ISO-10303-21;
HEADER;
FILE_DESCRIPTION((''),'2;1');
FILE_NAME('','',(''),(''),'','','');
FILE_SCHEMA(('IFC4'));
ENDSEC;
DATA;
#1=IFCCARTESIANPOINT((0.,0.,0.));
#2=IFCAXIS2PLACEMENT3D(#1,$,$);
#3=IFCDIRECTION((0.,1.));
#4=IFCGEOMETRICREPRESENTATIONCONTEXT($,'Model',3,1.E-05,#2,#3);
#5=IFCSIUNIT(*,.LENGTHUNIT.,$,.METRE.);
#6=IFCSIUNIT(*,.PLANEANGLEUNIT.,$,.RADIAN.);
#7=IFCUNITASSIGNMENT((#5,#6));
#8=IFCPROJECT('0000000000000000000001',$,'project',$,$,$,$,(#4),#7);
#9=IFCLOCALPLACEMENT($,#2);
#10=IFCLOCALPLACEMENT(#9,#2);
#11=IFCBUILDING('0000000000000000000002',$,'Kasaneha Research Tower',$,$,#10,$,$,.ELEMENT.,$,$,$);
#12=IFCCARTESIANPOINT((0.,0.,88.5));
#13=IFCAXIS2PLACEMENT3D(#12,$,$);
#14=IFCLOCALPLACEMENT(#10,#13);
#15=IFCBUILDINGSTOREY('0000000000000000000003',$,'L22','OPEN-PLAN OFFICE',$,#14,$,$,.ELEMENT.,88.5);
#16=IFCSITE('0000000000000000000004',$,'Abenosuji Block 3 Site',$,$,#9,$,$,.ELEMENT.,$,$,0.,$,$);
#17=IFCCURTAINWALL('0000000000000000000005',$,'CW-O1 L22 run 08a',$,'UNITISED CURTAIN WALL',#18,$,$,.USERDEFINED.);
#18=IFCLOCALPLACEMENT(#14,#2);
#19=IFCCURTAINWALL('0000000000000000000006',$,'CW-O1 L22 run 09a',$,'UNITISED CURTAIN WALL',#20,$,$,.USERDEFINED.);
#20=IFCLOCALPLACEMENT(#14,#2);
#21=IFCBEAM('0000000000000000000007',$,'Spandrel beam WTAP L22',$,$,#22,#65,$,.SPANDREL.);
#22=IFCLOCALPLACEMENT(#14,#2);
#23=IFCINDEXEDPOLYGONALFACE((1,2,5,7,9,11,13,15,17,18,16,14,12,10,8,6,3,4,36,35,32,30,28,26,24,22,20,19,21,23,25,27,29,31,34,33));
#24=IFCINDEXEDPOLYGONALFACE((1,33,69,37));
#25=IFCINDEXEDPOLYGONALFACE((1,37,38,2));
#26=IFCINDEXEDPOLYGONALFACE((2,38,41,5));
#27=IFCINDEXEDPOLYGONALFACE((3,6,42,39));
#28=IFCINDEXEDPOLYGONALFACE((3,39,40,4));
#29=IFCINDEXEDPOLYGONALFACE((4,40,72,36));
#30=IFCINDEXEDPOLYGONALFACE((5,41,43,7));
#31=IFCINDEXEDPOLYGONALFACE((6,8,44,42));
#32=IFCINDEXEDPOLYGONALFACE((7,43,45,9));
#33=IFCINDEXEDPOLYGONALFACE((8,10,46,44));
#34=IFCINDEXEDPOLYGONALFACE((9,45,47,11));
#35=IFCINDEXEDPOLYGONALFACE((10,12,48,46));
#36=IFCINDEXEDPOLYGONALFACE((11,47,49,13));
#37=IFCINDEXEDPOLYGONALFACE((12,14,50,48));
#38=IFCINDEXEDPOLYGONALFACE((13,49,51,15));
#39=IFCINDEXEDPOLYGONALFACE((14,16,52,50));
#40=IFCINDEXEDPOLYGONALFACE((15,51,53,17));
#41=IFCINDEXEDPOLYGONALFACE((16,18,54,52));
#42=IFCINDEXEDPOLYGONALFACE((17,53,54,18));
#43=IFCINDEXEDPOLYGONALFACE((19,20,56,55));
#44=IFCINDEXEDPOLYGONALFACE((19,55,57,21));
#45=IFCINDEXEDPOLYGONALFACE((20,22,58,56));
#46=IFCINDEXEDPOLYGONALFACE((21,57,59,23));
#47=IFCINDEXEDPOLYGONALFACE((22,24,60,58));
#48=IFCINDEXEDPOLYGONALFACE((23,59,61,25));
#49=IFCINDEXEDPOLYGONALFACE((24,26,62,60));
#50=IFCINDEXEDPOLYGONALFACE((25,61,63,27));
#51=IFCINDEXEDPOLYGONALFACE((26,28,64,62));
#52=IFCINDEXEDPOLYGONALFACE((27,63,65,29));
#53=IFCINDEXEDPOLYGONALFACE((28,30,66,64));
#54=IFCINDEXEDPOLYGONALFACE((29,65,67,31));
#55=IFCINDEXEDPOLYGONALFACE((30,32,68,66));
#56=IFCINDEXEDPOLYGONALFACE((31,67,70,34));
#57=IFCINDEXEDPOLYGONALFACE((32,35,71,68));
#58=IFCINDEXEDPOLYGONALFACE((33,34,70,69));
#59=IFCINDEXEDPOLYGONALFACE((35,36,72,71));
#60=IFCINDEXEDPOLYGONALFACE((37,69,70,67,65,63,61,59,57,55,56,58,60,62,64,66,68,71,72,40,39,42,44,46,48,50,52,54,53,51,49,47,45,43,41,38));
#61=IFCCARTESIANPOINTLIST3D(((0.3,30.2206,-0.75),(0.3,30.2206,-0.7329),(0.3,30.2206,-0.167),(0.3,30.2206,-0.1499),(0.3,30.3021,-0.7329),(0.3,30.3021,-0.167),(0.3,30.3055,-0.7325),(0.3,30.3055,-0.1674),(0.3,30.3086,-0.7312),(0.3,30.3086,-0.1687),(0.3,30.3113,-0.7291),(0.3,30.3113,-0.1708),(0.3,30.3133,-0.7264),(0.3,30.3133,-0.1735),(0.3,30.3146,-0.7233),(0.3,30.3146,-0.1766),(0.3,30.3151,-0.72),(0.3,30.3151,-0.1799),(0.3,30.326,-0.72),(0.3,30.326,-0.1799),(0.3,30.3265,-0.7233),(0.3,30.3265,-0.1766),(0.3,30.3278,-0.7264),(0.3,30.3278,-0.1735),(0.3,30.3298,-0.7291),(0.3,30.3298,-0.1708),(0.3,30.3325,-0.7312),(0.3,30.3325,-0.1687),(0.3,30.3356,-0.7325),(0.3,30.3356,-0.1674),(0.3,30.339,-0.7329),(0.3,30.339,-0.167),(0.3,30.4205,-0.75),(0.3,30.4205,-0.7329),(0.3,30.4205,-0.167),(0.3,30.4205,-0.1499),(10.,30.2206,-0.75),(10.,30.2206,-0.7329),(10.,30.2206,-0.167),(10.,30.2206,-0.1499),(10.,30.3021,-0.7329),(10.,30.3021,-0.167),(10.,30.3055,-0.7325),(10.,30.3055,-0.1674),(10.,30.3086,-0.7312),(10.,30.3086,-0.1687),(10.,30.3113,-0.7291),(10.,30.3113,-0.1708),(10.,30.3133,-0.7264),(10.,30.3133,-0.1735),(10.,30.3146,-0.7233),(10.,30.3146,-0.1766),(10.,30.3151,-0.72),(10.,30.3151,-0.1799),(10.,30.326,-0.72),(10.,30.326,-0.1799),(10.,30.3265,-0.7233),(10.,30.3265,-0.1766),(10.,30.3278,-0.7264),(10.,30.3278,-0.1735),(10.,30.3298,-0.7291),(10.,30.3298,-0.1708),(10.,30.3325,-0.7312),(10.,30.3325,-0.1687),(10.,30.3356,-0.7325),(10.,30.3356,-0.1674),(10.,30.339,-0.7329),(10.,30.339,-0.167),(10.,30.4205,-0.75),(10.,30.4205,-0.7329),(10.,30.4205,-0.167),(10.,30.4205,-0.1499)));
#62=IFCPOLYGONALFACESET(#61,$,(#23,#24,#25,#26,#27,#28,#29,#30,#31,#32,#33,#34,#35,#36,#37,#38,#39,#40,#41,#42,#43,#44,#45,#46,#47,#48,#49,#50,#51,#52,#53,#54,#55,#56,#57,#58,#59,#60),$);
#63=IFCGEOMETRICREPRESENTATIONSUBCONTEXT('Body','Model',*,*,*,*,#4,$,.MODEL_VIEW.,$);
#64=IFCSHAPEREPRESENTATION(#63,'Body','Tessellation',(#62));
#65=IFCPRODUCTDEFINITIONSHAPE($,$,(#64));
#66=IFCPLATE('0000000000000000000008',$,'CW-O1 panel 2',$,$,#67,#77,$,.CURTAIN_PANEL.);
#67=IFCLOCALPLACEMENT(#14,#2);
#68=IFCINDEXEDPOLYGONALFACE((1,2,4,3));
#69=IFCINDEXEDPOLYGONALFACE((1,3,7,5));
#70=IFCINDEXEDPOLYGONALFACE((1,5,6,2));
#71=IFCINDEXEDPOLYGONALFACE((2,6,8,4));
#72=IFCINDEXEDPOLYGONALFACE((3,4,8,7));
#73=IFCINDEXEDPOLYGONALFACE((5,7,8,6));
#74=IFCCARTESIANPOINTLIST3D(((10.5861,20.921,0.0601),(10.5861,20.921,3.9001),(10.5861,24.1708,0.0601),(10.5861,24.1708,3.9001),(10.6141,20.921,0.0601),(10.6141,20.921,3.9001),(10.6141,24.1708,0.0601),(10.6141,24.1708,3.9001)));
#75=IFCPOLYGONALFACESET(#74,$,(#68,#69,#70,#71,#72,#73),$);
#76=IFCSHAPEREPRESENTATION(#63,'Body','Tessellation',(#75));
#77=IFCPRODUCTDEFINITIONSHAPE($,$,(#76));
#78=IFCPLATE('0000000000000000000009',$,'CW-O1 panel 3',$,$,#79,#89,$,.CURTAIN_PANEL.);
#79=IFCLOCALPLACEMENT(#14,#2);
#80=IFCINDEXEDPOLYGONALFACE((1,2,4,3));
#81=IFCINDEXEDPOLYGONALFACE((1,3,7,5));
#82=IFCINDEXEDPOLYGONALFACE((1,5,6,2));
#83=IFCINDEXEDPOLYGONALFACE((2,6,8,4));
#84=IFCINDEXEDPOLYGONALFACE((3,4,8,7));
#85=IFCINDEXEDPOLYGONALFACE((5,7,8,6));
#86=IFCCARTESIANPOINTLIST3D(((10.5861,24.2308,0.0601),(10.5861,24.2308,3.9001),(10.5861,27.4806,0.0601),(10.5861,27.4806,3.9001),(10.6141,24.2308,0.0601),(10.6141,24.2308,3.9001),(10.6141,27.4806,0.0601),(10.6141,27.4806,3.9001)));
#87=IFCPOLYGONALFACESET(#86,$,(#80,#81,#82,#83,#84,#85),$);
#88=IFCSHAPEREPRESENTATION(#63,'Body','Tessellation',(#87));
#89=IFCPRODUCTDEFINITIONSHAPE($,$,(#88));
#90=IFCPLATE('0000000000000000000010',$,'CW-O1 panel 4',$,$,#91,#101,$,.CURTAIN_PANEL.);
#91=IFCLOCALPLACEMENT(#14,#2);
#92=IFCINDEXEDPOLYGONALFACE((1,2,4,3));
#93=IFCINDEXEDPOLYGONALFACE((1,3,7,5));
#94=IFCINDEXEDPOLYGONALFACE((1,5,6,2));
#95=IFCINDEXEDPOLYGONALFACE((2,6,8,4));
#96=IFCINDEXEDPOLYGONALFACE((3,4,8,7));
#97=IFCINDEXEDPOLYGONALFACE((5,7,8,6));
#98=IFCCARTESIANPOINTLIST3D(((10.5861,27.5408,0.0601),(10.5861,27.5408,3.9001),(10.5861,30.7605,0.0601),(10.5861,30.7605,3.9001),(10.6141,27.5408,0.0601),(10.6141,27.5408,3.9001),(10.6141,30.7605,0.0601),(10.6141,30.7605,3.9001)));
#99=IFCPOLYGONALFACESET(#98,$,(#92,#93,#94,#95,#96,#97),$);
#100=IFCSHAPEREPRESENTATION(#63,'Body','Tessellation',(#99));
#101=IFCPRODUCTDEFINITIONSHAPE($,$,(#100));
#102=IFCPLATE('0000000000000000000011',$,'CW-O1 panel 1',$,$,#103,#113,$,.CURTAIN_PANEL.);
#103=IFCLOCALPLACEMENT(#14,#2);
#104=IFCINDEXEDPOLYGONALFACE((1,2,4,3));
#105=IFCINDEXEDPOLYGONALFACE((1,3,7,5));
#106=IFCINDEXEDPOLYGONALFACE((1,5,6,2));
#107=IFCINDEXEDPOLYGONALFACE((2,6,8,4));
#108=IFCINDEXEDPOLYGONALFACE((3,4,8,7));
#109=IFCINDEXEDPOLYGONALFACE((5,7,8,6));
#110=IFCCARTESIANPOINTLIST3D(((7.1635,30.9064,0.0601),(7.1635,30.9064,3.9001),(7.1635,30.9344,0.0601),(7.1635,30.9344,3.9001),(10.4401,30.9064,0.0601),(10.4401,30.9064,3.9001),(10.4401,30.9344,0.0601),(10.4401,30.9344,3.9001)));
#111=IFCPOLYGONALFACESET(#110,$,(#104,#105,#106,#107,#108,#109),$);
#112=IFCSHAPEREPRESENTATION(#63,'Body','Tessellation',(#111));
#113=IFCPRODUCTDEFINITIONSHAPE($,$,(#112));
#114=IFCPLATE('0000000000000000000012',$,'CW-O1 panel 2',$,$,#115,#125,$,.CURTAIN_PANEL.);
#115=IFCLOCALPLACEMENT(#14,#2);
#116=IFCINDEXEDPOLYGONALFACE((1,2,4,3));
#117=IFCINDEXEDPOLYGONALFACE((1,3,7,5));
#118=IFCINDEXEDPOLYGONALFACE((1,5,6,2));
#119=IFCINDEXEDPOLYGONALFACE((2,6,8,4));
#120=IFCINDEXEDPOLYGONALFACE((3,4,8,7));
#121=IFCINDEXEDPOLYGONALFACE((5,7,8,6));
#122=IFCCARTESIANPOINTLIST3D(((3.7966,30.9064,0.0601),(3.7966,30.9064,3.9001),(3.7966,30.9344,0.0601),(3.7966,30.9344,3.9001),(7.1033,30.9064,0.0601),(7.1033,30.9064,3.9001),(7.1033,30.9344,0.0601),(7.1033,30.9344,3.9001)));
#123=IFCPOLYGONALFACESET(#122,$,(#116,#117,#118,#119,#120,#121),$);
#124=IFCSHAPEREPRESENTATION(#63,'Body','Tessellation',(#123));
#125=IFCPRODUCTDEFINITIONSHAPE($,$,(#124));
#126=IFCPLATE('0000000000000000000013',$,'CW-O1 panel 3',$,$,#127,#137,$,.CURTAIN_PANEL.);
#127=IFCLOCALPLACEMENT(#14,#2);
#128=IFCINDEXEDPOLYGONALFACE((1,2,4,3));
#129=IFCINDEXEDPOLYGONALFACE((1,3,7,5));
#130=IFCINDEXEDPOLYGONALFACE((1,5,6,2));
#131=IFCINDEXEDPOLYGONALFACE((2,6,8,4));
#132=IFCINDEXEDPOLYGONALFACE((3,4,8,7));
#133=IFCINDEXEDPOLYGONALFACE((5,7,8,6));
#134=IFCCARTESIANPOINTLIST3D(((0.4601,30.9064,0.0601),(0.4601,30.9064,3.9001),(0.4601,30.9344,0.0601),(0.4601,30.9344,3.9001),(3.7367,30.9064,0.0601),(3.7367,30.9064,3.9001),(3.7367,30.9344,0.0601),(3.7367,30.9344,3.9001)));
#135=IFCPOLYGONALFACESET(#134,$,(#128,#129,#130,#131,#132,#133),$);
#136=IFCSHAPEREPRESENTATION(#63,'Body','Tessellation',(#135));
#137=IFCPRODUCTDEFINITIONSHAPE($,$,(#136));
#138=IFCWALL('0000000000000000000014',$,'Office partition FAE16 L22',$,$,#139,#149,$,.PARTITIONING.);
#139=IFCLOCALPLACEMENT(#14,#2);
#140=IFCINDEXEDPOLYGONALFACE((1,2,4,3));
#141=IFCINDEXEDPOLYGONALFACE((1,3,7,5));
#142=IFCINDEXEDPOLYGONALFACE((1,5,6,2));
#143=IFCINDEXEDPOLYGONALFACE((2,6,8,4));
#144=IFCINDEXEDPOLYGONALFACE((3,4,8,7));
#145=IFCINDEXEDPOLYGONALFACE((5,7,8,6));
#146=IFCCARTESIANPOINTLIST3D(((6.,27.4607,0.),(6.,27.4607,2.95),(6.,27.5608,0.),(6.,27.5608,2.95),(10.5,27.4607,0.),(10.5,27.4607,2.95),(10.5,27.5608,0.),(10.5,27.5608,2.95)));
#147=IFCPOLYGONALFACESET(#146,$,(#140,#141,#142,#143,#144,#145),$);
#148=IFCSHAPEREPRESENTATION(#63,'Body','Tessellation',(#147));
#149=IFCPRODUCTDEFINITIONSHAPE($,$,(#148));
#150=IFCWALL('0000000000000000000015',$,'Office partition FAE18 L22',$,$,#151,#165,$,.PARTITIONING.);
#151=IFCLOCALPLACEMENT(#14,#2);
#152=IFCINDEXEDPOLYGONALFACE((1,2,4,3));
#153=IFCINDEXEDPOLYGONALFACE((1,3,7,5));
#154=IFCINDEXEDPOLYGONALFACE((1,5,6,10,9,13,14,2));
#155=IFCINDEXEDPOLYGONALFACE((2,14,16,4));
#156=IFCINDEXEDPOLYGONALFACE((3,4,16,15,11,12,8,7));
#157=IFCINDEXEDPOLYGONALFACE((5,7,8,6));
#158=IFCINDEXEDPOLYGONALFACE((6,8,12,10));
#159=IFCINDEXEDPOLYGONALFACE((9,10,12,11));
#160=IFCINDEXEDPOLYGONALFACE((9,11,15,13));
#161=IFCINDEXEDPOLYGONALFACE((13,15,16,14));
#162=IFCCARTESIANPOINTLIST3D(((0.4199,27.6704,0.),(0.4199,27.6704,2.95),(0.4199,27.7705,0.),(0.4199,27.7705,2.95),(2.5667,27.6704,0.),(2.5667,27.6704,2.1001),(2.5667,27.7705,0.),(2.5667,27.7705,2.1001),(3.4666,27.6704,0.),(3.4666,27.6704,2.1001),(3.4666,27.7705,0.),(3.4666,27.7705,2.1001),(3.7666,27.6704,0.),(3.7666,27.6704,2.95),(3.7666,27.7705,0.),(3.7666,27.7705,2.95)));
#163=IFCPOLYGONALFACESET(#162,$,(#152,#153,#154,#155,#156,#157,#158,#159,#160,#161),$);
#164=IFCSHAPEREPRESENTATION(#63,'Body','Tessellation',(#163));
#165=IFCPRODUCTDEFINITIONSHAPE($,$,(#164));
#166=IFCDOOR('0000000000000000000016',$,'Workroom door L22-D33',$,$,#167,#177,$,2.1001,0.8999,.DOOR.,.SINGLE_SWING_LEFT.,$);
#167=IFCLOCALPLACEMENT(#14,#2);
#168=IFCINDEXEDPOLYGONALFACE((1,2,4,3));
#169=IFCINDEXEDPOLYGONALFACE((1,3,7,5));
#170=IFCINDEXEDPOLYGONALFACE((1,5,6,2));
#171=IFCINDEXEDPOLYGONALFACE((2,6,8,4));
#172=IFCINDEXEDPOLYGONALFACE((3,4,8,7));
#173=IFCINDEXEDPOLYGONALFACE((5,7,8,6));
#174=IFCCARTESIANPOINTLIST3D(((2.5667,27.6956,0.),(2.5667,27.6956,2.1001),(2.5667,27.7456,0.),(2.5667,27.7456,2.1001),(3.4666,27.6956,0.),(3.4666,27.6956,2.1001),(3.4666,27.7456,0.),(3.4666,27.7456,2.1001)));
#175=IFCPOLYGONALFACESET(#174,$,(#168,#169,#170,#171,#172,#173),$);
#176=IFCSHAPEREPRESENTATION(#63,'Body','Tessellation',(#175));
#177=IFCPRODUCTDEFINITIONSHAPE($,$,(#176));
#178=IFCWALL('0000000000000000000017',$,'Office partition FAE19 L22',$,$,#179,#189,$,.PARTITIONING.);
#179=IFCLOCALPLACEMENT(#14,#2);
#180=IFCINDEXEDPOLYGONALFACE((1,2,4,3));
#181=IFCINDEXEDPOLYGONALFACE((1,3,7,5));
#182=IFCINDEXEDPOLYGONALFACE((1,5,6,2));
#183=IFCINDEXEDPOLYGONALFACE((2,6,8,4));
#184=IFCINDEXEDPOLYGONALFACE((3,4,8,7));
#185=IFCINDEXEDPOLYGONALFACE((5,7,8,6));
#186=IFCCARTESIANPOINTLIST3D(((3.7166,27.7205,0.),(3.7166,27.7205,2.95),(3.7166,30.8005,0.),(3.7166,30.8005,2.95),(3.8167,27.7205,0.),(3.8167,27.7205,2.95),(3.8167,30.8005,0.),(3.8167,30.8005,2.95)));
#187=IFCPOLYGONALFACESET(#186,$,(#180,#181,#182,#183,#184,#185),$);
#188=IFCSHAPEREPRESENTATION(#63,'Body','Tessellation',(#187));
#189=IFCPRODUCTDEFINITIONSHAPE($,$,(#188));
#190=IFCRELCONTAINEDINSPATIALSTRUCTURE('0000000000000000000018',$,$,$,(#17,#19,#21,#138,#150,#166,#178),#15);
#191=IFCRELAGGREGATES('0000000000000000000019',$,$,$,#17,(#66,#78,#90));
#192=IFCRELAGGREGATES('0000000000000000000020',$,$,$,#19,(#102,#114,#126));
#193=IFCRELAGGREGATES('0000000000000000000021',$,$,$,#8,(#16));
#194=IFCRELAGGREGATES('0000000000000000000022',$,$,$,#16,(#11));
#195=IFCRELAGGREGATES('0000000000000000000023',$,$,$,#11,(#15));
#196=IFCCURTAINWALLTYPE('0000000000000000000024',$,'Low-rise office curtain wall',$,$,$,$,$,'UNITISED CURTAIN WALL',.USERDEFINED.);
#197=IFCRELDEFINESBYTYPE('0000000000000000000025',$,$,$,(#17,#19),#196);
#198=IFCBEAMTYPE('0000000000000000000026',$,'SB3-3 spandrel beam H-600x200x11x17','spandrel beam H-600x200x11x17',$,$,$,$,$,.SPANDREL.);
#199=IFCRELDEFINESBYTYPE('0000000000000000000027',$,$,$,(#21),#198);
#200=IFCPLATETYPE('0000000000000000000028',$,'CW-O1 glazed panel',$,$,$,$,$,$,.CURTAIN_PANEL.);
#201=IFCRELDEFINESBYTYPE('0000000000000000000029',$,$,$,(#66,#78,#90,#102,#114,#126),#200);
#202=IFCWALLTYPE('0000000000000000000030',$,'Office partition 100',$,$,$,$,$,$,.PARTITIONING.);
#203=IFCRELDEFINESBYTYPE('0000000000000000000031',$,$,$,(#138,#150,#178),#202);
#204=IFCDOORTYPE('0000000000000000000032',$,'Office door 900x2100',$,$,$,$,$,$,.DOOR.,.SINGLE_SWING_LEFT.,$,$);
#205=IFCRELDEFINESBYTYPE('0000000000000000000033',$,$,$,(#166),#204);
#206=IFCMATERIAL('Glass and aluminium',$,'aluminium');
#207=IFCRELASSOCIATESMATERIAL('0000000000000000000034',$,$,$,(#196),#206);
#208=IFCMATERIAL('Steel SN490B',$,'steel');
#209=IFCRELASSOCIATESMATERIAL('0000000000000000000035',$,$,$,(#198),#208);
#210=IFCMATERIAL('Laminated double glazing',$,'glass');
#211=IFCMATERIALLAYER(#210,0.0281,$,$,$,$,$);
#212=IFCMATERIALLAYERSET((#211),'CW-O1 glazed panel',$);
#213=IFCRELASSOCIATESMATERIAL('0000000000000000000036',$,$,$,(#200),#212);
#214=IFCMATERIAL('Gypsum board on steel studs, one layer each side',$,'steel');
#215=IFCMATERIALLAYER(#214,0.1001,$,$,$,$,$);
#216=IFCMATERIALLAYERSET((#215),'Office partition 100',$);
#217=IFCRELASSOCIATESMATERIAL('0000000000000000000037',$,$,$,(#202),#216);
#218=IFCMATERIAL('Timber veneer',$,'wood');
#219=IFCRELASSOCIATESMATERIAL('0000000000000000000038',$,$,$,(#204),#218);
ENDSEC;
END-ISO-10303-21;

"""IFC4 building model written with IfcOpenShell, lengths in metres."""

from ifc_helpers import new_model, si_unit, direction, frame, frame_2d, origin, origin_2d, place, context, subcontext, project, spatial, rectangle, i_section, extrude, material, layer, layer_set, material_profile, profile_set, type_object, element, fill, aggregate, save


model = new_model("IFC4")

# Units and contexts
model_context = context("Model", 3, precision=1e-05, world=origin(), true_north=direction((0.0, 1.0)))
body_context = subcontext(model_context, "Body", "Model", "MODEL_VIEW")
ifc_project = project(units=[si_unit("LENGTHUNIT", "METRE"), si_unit("PLANEANGLEUNIT", "RADIAN")], contexts=[model_context])

# Site, building, storey
site_placement = place(None, origin())
site = spatial("IfcSite", under=ifc_project, at=site_placement, Name="Abenosuji Block 3 Site", CompositionType="ELEMENT", RefElevation=0.0)
building_placement = place(site_placement, origin())
building = spatial("IfcBuilding", under=site, at=building_placement, Name="Kasaneha Research Tower", CompositionType="ELEMENT")
storey_placement = place(building_placement, frame((0.0, 0.0, 88.5)))
storey = spatial("IfcBuildingStorey", under=building, at=storey_placement, Name="L22", Description="OPEN-PLAN OFFICE", CompositionType="ELEMENT", Elevation=88.5)

# Curtain walls
ifc_material_1 = material(Name="Glass and aluminium", Category="aluminium")
curtain_wall_type = type_object("IfcCurtainWallType", Name="Low-rise office curtain wall", ElementType="UNITISED CURTAIN WALL", PredefinedType="USERDEFINED", material=ifc_material_1)
curtain_wall_1_placement = place(storey_placement, origin())
curtain_wall_1 = element("IfcCurtainWall", 1, at=curtain_wall_1_placement, inside=storey, type_object=curtain_wall_type, Name="CW-O1 L22 run 08a", ObjectType="UNITISED CURTAIN WALL", PredefinedType="USERDEFINED")
curtain_wall_2_placement = place(storey_placement, origin())
curtain_wall_2 = element("IfcCurtainWall", 2, at=curtain_wall_2_placement, inside=storey, type_object=curtain_wall_type, Name="CW-O1 L22 run 09a", ObjectType="UNITISED CURTAIN WALL", PredefinedType="USERDEFINED")

# Beam
ifc_material_2 = material(Name="Steel SN490B", Category="steel")
ifc_material_profile_1 = material_profile(ifc_material_2, i_section(OverallWidth=0.2, OverallDepth=0.6001, WebThickness=0.011, FlangeThickness=0.0171, FilletRadius=0.0129, at=origin_2d()), Name="H-600x200x11x17")
ifc_profile_set_1 = profile_set([ifc_material_profile_1], Name="Steel SN490B")
beam_type_1 = type_object("IfcBeamType", Name="SB3-3 spandrel beam H-600x200x11x17", Description="spandrel beam H-600x200x11x17", PredefinedType="SPANDREL", material=ifc_profile_set_1)
beam_1_placement = place(storey_placement, frame((10.0, 30.3206, -0.45), z_axis=(-1.0, 0.0, 0.0), x_axis=(0.0, -1.0, 0.0)))
element("IfcBeam", 3, at=beam_1_placement, inside=storey, type_object=beam_type_1, Name="Spandrel beam WTAP L22", PredefinedType="SPANDREL", context=body_context, shape_type="SweptSolid", body=[
    extrude(i_section(OverallWidth=0.2, OverallDepth=0.6001, WebThickness=0.011, FlangeThickness=0.0171, FilletRadius=0.0129, at=origin_2d()), origin(), (0.0, 0.0, 1.0), 9.7),
])

# Plates
ifc_material_3 = material(Name="Laminated double glazing", Category="glass")
ifc_layer_1 = layer(ifc_material_3, 0.0281)
ifc_layer_set_1 = layer_set([ifc_layer_1], Name="CW-O1 glazed panel")
plate_type = type_object("IfcPlateType", Name="CW-O1 glazed panel", PredefinedType="CURTAIN_PANEL", material=ifc_layer_set_1)
plate_1_placement = place(storey_placement, frame((10.6001, 22.5459, 0.0601), z_axis=(0.0, 0.0, 1.0), x_axis=(0.0, 1.0, 0.0)))
plate_1 = element("IfcPlate", 4, at=plate_1_placement, type_object=plate_type, Name="CW-O1 panel 2", PredefinedType="CURTAIN_PANEL", context=body_context, shape_type="SweptSolid", body=[
    extrude(rectangle(XDim=3.2498, YDim=0.0281, at=origin_2d()), origin(), (0.0, 0.0, 1.0), 3.8401),
])
plate_2_placement = place(storey_placement, frame((10.6001, 25.8557, 0.0601), z_axis=(0.0, 0.0, 1.0), x_axis=(0.0, 1.0, 0.0)))
plate_2 = element("IfcPlate", 5, at=plate_2_placement, type_object=plate_type, Name="CW-O1 panel 3", PredefinedType="CURTAIN_PANEL", context=body_context, shape_type="SweptSolid", body=[
    extrude(rectangle(XDim=3.2498, YDim=0.0281, at=origin_2d()), origin(), (0.0, 0.0, 1.0), 3.8401),
])
plate_3_placement = place(storey_placement, frame((10.6001, 29.1506, 0.0601), z_axis=(0.0, 0.0, 1.0), x_axis=(0.0, 1.0, 0.0)))
plate_3 = element("IfcPlate", 6, at=plate_3_placement, type_object=plate_type, Name="CW-O1 panel 4", PredefinedType="CURTAIN_PANEL", context=body_context, shape_type="SweptSolid", body=[
    extrude(rectangle(XDim=3.2197, YDim=0.0281, at=origin_2d()), origin(), (0.0, 0.0, 1.0), 3.8401),
])
aggregate(curtain_wall_1, [plate_1, plate_2, plate_3])
plate_4_placement = place(storey_placement, frame((8.8018, 30.9204, 0.0601), z_axis=(0.0, 0.0, 1.0), x_axis=(-1.0, 0.0, 0.0)))
plate_4 = element("IfcPlate", 7, at=plate_4_placement, type_object=plate_type, Name="CW-O1 panel 1", PredefinedType="CURTAIN_PANEL", context=body_context, shape_type="SweptSolid", body=[
    extrude(rectangle(XDim=3.2766, YDim=0.0281, at=origin_2d()), origin(), (0.0, 0.0, 1.0), 3.8401),
])
plate_5_placement = place(storey_placement, frame((5.45, 30.9204, 0.0601), z_axis=(0.0, 0.0, 1.0), x_axis=(-1.0, 0.0, 0.0)))
plate_5 = element("IfcPlate", 8, at=plate_5_placement, type_object=plate_type, Name="CW-O1 panel 2", PredefinedType="CURTAIN_PANEL", context=body_context, shape_type="SweptSolid", body=[
    extrude(rectangle(XDim=3.3066, YDim=0.0281, at=origin_2d()), origin(), (0.0, 0.0, 1.0), 3.8401),
])
plate_6_placement = place(storey_placement, frame((2.0984, 30.9204, 0.0601), z_axis=(0.0, 0.0, 1.0), x_axis=(-1.0, 0.0, 0.0)))
plate_6 = element("IfcPlate", 9, at=plate_6_placement, type_object=plate_type, Name="CW-O1 panel 3", PredefinedType="CURTAIN_PANEL", context=body_context, shape_type="SweptSolid", body=[
    extrude(rectangle(XDim=3.2766, YDim=0.0281, at=origin_2d()), origin(), (0.0, 0.0, 1.0), 3.8401),
])
aggregate(curtain_wall_2, [plate_4, plate_5, plate_6])

# Wall
ifc_material_4 = material(Name="Gypsum board on steel studs, one layer each side", Category="steel")
ifc_layer_2 = layer(ifc_material_4, 0.1001)
ifc_layer_set_2 = layer_set([ifc_layer_2], Name="Office partition 100")
wall_type = type_object("IfcWallType", Name="Office partition 100", PredefinedType="PARTITIONING", material=ifc_layer_set_2)
wall_1_placement = place(storey_placement, frame((6.0, 27.5107, 0.0), z_axis=(0.0, 0.0, 1.0), x_axis=(1.0, 0.0, 0.0)))
element("IfcWall", 10, at=wall_1_placement, inside=storey, type_object=wall_type, Name="Office partition FAE16 L22", PredefinedType="PARTITIONING", context=body_context, shape_type="SweptSolid", body=[
    extrude(rectangle(XDim=4.5, YDim=0.1001, at=frame_2d((2.25, 0.0))), origin(), (0.0, 0.0, 1.0), 2.95),
])

# Wall, opening, door
wall_2_placement = place(storey_placement, frame((3.7666, 27.7205, 0.0), z_axis=(0.0, 0.0, 1.0), x_axis=(-1.0, 0.0, 0.0)))
wall_2 = element("IfcWall", 11, at=wall_2_placement, inside=storey, type_object=wall_type, Name="Office partition FAE18 L22", PredefinedType="PARTITIONING", context=body_context, shape_type="SweptSolid", body=[
    extrude(rectangle(XDim=3.3467, YDim=0.1001, at=frame_2d((1.6733, 0.0))), origin(), (0.0, 0.0, 1.0), 2.95),
])
opening_placement = place(wall_2_placement, frame((0.3, 0.0, 0.0)))
opening = element("IfcOpeningElement", 12, at=opening_placement, cuts=wall_2, PredefinedType="OPENING", context=body_context, shape_type="SweptSolid", body=[
    extrude(rectangle(XDim=0.8999, YDim=2.1001, at=frame_2d((0.45, 1.05))), frame((0.0, 0.0601, 0.0), z_axis=(0.0, -1.0, 0.0), x_axis=(1.0, 0.0, 0.0)), (0.0, 0.0, 1.0), 0.1201),
])
ifc_material_5 = material(Name="Timber veneer", Category="wood")
door_type = type_object("IfcDoorType", Name="Office door 900x2100", OperationType="SINGLE_SWING_LEFT", PredefinedType="DOOR", material=ifc_material_5)
door_placement = place(opening_placement, origin())
door = element("IfcDoor", 13, at=door_placement, inside=storey, type_object=door_type, Name="Workroom door L22-D33", OperationType="SINGLE_SWING_LEFT", OverallHeight=2.1001, OverallWidth=0.8999, PredefinedType="DOOR", context=body_context, shape_type="SweptSolid", body=[
    extrude(rectangle(XDim=0.8999, YDim=2.1001, at=frame_2d((0.45, 1.05))), frame((0.0, 0.0249, 0.0), z_axis=(0.0, -1.0, 0.0), x_axis=(1.0, 0.0, 0.0)), (0.0, 0.0, 1.0), 0.05),
])
fill(opening, door)

# Wall
wall_3_placement = place(storey_placement, frame((3.7666, 30.8005, 0.0), z_axis=(0.0, 0.0, 1.0), x_axis=(0.0, -1.0, 0.0)))
element("IfcWall", 14, at=wall_3_placement, inside=storey, type_object=wall_type, Name="Office partition FAE19 L22", PredefinedType="PARTITIONING", context=body_context, shape_type="SweptSolid", body=[
    extrude(rectangle(XDim=3.0801, YDim=0.1001, at=frame_2d((1.54, 0.0))), origin(), (0.0, 0.0, 1.0), 2.95),
])

save(model, "model.ifc")
